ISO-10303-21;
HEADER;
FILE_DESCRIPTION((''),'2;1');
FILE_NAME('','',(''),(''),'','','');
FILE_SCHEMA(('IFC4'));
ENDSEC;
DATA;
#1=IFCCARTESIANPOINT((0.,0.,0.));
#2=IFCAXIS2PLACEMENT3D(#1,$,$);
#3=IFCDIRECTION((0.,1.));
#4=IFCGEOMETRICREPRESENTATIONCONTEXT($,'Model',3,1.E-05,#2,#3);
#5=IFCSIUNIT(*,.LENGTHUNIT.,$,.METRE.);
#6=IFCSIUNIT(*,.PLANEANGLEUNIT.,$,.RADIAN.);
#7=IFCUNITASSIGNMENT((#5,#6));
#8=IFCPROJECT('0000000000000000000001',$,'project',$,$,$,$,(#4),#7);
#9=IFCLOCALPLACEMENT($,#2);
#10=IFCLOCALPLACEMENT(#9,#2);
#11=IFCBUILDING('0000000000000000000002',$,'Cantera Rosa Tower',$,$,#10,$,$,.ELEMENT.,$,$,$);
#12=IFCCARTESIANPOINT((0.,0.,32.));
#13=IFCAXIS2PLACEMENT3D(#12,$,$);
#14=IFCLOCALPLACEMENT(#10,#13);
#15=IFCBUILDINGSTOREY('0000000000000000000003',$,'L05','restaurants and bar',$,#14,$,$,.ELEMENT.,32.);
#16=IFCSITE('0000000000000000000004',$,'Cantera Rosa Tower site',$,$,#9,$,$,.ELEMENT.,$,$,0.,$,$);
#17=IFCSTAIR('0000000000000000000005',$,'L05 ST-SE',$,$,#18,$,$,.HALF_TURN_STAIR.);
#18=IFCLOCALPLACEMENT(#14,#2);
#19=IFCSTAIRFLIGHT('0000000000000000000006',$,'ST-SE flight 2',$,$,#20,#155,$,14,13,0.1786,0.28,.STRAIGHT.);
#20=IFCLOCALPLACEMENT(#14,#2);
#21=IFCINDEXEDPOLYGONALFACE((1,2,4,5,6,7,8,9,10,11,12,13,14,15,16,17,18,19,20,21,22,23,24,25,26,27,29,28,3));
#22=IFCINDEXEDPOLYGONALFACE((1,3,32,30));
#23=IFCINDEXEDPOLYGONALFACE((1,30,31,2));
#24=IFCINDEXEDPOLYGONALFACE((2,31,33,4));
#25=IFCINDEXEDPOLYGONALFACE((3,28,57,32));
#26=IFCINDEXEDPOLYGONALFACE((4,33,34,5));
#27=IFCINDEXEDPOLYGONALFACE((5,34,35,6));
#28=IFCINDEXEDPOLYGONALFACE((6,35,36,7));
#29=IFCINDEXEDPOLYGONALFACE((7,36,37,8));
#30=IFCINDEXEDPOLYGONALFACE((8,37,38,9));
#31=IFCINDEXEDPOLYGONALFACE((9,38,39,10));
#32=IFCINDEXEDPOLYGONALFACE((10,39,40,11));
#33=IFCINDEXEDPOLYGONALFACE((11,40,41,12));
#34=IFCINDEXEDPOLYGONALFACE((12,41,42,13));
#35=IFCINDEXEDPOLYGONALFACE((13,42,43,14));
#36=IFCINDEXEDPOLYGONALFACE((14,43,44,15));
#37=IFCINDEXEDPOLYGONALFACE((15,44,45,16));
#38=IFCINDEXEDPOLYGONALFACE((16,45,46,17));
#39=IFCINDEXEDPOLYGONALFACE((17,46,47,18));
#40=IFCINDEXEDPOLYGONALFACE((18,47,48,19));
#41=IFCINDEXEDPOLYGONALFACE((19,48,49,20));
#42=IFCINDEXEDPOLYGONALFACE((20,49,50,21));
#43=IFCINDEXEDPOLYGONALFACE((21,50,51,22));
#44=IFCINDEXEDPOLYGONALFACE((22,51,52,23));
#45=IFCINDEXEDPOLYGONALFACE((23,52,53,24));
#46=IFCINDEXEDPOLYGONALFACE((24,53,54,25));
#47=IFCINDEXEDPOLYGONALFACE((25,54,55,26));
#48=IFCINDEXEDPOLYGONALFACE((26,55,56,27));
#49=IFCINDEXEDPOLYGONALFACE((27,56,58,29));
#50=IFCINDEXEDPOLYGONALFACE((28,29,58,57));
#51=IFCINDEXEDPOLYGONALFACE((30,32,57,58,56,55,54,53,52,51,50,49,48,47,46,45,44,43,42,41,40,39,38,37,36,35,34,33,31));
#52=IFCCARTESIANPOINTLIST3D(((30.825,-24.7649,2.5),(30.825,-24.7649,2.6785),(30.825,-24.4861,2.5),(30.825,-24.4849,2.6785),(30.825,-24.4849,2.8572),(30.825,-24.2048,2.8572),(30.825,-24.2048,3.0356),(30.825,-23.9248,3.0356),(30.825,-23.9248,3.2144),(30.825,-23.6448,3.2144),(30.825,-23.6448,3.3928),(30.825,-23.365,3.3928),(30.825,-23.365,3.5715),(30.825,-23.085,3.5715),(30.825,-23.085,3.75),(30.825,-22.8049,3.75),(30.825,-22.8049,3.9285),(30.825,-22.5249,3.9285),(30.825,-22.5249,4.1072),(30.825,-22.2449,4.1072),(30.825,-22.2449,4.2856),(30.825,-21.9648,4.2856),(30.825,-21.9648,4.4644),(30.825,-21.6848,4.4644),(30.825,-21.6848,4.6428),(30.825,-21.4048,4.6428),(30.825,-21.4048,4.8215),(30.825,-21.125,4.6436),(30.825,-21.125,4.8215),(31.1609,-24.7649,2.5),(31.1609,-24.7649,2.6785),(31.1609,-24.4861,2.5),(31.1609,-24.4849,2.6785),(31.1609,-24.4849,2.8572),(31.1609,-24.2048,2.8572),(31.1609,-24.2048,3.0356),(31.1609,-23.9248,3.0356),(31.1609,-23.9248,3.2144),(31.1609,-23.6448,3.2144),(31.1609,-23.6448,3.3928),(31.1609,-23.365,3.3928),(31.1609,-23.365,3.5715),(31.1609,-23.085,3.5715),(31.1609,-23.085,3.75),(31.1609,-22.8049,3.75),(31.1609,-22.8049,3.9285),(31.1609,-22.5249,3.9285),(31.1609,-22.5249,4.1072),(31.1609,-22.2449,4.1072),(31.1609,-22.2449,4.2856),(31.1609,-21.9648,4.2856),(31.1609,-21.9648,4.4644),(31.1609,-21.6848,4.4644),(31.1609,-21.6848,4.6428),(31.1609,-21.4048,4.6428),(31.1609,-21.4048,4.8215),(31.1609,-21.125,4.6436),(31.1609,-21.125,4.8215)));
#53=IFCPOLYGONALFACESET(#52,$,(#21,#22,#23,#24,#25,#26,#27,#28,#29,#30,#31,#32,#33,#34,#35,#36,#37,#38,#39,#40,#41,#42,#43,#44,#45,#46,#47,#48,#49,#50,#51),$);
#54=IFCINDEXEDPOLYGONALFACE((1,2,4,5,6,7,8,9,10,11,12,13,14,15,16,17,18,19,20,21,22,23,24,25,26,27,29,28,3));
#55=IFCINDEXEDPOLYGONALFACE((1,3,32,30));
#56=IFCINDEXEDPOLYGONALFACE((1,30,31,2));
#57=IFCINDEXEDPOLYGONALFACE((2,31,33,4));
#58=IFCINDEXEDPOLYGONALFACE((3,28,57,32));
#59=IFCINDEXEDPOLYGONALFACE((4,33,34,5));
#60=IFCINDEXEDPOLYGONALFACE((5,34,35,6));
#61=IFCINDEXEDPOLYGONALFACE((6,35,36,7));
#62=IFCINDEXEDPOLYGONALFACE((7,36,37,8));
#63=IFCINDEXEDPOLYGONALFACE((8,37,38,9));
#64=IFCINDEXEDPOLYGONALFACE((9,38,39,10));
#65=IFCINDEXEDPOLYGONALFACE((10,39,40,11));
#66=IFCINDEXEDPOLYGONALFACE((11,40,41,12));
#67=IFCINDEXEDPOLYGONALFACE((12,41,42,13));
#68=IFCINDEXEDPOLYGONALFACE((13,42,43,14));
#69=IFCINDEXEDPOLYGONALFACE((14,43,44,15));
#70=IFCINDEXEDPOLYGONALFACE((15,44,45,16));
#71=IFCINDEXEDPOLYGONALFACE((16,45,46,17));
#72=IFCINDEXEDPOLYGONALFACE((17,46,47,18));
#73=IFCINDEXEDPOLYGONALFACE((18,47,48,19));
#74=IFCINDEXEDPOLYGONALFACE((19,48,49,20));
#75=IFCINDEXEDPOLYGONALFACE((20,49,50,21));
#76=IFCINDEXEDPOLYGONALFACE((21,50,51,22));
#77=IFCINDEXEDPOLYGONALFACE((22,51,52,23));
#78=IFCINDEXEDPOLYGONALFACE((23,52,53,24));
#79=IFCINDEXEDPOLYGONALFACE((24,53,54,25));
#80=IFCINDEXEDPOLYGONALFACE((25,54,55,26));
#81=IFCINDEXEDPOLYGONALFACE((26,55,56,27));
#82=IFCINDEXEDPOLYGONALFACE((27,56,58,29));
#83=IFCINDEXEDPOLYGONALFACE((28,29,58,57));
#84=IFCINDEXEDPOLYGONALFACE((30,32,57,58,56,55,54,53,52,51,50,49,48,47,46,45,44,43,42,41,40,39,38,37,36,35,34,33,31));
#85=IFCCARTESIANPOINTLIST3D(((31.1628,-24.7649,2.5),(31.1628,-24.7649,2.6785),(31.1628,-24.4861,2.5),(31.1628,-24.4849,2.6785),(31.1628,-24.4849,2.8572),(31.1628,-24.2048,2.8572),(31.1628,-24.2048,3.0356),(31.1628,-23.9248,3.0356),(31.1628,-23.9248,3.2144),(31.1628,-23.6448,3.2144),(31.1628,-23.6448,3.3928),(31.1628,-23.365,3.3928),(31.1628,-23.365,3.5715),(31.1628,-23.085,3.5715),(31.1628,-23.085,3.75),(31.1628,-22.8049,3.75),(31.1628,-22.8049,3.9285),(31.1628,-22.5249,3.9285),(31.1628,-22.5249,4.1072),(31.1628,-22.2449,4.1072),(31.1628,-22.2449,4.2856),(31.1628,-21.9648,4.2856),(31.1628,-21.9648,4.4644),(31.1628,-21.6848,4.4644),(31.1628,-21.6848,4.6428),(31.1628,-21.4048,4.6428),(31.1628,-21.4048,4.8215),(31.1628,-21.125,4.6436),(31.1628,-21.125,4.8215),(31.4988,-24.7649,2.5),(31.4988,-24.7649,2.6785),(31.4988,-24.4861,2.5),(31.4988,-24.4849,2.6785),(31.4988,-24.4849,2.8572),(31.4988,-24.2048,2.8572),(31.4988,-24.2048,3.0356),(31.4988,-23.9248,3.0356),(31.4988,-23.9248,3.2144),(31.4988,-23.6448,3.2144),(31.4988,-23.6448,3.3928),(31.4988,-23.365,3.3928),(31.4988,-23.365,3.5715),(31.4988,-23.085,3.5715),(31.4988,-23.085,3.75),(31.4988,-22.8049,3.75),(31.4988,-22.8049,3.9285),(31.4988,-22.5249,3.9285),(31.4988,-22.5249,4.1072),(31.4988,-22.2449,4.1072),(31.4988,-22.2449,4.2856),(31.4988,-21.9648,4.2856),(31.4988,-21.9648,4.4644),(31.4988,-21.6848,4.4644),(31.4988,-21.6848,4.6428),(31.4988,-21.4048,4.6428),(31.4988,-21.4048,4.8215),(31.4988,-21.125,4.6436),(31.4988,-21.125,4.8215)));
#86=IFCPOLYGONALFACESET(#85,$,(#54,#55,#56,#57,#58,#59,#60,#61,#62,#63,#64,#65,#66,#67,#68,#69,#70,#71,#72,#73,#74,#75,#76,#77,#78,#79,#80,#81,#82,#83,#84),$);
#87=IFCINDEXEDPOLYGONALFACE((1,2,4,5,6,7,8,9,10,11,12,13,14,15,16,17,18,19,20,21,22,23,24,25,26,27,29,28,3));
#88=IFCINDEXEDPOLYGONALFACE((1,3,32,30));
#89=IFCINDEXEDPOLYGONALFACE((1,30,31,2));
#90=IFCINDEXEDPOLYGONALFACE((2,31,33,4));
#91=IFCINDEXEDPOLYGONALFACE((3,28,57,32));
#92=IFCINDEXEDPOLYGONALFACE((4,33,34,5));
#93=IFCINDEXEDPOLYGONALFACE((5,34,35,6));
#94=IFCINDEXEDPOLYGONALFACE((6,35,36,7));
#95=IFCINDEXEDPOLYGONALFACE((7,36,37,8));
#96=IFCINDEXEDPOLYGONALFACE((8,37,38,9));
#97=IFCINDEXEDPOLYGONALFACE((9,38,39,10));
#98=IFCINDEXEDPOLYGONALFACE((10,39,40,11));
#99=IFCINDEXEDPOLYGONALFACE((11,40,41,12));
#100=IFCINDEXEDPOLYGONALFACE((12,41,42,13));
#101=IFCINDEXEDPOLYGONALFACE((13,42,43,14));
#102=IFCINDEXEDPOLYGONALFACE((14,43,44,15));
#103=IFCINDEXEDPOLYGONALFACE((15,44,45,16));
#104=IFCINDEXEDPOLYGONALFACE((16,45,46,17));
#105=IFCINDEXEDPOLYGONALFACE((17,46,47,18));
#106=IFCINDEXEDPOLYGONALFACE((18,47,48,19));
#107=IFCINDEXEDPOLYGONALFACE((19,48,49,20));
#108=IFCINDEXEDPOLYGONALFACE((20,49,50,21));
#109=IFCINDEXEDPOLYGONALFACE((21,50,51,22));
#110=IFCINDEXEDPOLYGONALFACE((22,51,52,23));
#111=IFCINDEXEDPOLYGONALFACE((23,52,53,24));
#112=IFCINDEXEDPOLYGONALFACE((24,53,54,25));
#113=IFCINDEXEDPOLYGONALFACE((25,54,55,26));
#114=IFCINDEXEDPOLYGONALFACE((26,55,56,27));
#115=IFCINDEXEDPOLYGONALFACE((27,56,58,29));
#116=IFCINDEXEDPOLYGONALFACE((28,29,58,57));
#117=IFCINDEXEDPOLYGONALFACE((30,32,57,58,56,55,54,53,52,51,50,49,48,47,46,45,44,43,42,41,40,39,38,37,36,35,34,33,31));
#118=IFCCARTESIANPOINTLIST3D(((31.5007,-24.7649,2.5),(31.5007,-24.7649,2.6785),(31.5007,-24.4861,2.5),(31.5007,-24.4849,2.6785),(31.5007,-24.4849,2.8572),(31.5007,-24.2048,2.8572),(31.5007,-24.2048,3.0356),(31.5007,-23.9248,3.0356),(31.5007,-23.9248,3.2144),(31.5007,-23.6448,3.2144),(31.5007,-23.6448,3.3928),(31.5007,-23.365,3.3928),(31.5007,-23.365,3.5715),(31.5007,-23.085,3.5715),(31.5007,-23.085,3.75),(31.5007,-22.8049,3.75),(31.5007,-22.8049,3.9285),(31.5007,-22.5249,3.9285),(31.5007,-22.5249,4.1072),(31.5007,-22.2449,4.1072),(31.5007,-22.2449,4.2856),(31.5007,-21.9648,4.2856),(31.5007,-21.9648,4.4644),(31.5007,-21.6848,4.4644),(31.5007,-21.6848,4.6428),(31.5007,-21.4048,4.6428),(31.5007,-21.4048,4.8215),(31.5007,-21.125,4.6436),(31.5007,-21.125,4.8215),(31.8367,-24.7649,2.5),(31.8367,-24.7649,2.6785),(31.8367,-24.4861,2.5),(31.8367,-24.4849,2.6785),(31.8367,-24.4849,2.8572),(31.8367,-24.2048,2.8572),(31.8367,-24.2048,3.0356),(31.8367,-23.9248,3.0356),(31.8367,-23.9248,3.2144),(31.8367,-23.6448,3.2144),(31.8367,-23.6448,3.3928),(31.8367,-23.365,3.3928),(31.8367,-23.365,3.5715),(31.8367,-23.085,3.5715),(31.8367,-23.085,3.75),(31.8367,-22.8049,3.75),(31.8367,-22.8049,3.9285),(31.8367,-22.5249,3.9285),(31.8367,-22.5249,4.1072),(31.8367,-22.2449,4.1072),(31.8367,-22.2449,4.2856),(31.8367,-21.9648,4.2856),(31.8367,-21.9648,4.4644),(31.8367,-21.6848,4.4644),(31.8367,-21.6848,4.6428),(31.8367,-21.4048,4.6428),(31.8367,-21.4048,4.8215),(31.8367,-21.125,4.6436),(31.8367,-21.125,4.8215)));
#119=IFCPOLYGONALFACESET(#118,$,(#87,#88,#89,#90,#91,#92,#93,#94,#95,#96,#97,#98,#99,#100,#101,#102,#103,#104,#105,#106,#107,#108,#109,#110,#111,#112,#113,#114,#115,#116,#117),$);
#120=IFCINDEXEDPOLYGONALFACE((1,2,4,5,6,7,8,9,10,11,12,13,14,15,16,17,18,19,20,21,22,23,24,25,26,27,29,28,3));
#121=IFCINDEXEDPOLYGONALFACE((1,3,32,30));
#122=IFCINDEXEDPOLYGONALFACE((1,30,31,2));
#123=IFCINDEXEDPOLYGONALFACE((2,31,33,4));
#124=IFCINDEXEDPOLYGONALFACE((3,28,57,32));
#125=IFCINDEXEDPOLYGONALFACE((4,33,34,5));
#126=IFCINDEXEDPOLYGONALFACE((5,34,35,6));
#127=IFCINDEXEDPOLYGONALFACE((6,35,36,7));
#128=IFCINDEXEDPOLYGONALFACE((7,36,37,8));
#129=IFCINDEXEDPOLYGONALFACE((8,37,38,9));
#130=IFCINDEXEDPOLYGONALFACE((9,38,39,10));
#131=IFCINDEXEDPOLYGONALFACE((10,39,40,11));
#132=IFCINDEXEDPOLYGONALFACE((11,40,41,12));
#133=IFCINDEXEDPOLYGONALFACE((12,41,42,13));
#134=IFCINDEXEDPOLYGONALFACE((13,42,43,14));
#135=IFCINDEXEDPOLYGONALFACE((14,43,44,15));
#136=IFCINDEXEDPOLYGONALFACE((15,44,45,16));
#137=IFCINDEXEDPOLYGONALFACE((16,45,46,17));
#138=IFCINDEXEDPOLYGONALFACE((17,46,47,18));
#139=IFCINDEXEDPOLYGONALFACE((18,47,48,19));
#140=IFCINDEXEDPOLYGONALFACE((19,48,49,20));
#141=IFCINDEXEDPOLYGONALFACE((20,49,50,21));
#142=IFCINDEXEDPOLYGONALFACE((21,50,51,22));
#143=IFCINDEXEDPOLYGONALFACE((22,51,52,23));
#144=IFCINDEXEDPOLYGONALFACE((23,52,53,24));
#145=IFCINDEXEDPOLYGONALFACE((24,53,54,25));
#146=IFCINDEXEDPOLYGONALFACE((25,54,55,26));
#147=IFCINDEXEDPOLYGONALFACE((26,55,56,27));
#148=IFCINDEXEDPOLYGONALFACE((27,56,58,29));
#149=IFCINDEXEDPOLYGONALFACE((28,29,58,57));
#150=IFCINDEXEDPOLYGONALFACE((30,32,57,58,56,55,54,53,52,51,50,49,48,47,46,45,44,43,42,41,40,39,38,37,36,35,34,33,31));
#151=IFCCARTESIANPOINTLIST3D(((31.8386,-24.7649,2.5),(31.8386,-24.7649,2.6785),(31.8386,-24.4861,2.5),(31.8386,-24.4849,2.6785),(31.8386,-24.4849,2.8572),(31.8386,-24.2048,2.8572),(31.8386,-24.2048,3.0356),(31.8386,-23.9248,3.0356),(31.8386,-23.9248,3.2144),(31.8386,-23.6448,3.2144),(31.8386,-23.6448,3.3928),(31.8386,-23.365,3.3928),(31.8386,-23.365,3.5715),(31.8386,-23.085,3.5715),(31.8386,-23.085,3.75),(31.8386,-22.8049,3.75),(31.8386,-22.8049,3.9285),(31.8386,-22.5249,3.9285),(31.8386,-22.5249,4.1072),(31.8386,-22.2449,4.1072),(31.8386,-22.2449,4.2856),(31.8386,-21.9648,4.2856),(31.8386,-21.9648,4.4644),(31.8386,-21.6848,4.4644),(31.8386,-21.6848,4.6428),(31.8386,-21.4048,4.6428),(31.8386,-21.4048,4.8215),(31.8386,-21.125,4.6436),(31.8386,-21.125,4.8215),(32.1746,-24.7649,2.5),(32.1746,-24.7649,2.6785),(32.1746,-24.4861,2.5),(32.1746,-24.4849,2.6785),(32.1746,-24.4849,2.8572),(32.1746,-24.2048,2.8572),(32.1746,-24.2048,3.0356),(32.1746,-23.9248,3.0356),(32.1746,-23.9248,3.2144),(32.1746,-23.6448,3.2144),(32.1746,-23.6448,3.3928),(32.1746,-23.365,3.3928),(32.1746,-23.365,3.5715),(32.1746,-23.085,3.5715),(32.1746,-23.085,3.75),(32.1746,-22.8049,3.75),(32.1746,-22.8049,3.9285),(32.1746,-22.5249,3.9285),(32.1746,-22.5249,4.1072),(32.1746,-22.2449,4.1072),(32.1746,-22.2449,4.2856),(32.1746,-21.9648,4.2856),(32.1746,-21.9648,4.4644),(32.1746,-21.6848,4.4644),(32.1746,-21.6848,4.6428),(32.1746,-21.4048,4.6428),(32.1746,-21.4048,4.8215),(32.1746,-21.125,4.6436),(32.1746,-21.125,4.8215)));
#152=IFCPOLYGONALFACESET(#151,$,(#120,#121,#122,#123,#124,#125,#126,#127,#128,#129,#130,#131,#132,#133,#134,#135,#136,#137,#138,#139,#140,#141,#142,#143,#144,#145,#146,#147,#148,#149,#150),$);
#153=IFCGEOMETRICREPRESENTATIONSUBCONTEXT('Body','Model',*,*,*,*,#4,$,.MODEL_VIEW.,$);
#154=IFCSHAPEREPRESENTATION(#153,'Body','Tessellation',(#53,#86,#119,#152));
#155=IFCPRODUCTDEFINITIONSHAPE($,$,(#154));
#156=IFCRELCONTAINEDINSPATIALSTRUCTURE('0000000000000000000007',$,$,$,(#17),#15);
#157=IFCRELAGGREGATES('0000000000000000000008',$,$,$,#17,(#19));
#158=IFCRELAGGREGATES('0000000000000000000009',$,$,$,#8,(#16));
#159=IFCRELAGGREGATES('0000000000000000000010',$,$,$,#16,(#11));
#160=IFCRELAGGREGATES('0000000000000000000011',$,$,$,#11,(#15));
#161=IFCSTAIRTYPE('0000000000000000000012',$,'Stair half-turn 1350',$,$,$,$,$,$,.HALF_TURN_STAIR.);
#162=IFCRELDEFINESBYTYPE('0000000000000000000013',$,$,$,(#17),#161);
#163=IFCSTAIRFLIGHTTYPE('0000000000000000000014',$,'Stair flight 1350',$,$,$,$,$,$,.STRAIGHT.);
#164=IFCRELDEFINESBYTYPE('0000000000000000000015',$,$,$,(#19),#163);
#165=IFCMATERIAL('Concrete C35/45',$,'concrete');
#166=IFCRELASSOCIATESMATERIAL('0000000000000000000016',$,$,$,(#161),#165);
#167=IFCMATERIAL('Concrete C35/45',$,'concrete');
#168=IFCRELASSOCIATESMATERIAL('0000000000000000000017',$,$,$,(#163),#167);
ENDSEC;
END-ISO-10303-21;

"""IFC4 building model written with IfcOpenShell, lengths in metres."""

from ifc_helpers import new_model, si_unit, direction, frame, origin, place, context, subcontext, project, spatial, polyline, outline, extrude, material, type_object, element, aggregate, save


model = new_model("IFC4")

# Units and contexts
model_context = context("Model", 3, precision=1e-05, world=origin(), true_north=direction((0.0, 1.0)))
body_context = subcontext(model_context, "Body", "Model", "MODEL_VIEW")
ifc_project = project(units=[si_unit("LENGTHUNIT", "METRE"), si_unit("PLANEANGLEUNIT", "RADIAN")], contexts=[model_context])

# Site, building, storey
site_placement = place(None, origin())
site = spatial("IfcSite", under=ifc_project, at=site_placement, Name="Cantera Rosa Tower site", CompositionType="ELEMENT", RefElevation=0.0)
building_placement = place(site_placement, origin())
building = spatial("IfcBuilding", under=site, at=building_placement, Name="Cantera Rosa Tower", CompositionType="ELEMENT")
storey_placement = place(building_placement, frame((0.0, 0.0, 32.0)))
storey = spatial("IfcBuildingStorey", under=building, at=storey_placement, Name="L05", Description="restaurants and bar", CompositionType="ELEMENT", Elevation=32.0)

# Stair, stair flight
ifc_material_1 = material(Name="Concrete C35/45", Category="concrete")
stair_type = type_object("IfcStairType", Name="Stair half-turn 1350", PredefinedType="HALF_TURN_STAIR", material=ifc_material_1)
stair_placement = place(storey_placement, origin())
stair = element("IfcStair", 1, at=stair_placement, inside=storey, type_object=stair_type, Name="L05 ST-SE", PredefinedType="HALF_TURN_STAIR")
ifc_material_2 = material(Name="Concrete C35/45", Category="concrete")
stair_flight_type = type_object("IfcStairFlightType", Name="Stair flight 1350", PredefinedType="STRAIGHT", material=ifc_material_2)
stair_flight_1_placement = place(storey_placement, frame((31.5, -24.7649, 2.5), z_axis=(0.0, 0.0, 1.0), x_axis=(0.0, 1.0, 0.0)))
stair_flight_1 = element("IfcStairFlight", 2, at=stair_flight_1_placement, type_object=stair_flight_type, Name="ST-SE flight 2", NumberOfRisers=14, NumberOfTreads=13, PredefinedType="STRAIGHT", RiserHeight=0.1786, TreadLength=0.28, context=body_context, shape_type="SweptSolid", body=[
    extrude(outline(polyline([(0.0, 0.0), (0.0, 0.1785), (0.28, 0.1785), (0.28, 0.3572), (0.5601, 0.3572), (0.5601, 0.5356), (0.8401, 0.5356), (0.8401, 0.7144), (1.1201, 0.7144), (1.1201, 0.8928), (1.3999, 0.8928), (1.3999, 1.0715), (1.6799, 1.0715), (1.6799, 1.25), (1.96, 1.25), (1.96, 1.4285), (2.24, 1.4285), (2.24, 1.6072), (2.52, 1.6072), (2.52, 1.7856), (2.8, 1.7856), (2.8, 1.9644), (3.0801, 1.9644), (3.0801, 2.1428), (3.3601, 2.1428), (3.3601, 2.3215), (3.6399, 2.3215), (3.6399, 2.5), (3.6399, 2.1436), (0.2788, 0.0), (0.0, 0.0)])), frame((0.0, 0.675, 0.0), z_axis=(0.0, -1.0, 0.0), x_axis=(1.0, 0.0, 0.0)), (0.0, 0.0, 1.0), 0.3359),
    extrude(outline(polyline([(0.0, 0.0), (0.0, 0.1785), (0.28, 0.1785), (0.28, 0.3572), (0.5601, 0.3572), (0.5601, 0.5356), (0.8401, 0.5356), (0.8401, 0.7144), (1.1201, 0.7144), (1.1201, 0.8928), (1.3999, 0.8928), (1.3999, 1.0715), (1.6799, 1.0715), (1.6799, 1.25), (1.96, 1.25), (1.96, 1.4285), (2.24, 1.4285), (2.24, 1.6072), (2.52, 1.6072), (2.52, 1.7856), (2.8, 1.7856), (2.8, 1.9644), (3.0801, 1.9644), (3.0801, 2.1428), (3.3601, 2.1428), (3.3601, 2.3215), (3.6399, 2.3215), (3.6399, 2.5), (3.6399, 2.1436), (0.2788, 0.0), (0.0, 0.0)])), frame((0.0, 0.3372, 0.0), z_axis=(0.0, -1.0, 0.0), x_axis=(1.0, 0.0, 0.0)), (0.0, 0.0, 1.0), 0.3359),
    extrude(outline(polyline([(0.0, 0.0), (0.0, 0.1785), (0.28, 0.1785), (0.28, 0.3572), (0.5601, 0.3572), (0.5601, 0.5356), (0.8401, 0.5356), (0.8401, 0.7144), (1.1201, 0.7144), (1.1201, 0.8928), (1.3999, 0.8928), (1.3999, 1.0715), (1.6799, 1.0715), (1.6799, 1.25), (1.96, 1.25), (1.96, 1.4285), (2.24, 1.4285), (2.24, 1.6072), (2.52, 1.6072), (2.52, 1.7856), (2.8, 1.7856), (2.8, 1.9644), (3.0801, 1.9644), (3.0801, 2.1428), (3.3601, 2.1428), (3.3601, 2.3215), (3.6399, 2.3215), (3.6399, 2.5), (3.6399, 2.1436), (0.2788, 0.0), (0.0, 0.0)])), frame((0.0, -0.0007, 0.0), z_axis=(0.0, -1.0, 0.0), x_axis=(1.0, 0.0, 0.0)), (0.0, 0.0, 1.0), 0.3359),
    extrude(outline(polyline([(0.0, 0.0), (0.0, 0.1785), (0.28, 0.1785), (0.28, 0.3572), (0.5601, 0.3572), (0.5601, 0.5356), (0.8401, 0.5356), (0.8401, 0.7144), (1.1201, 0.7144), (1.1201, 0.8928), (1.3999, 0.8928), (1.3999, 1.0715), (1.6799, 1.0715), (1.6799, 1.25), (1.96, 1.25), (1.96, 1.4285), (2.24, 1.4285), (2.24, 1.6072), (2.52, 1.6072), (2.52, 1.7856), (2.8, 1.7856), (2.8, 1.9644), (3.0801, 1.9644), (3.0801, 2.1428), (3.3601, 2.1428), (3.3601, 2.3215), (3.6399, 2.3215), (3.6399, 2.5), (3.6399, 2.1436), (0.2788, 0.0), (0.0, 0.0)])), frame((0.0, -0.3386, 0.0), z_axis=(0.0, -1.0, 0.0), x_axis=(1.0, 0.0, 0.0)), (0.0, 0.0, 1.0), 0.3359),
])
aggregate(stair, [stair_flight_1])

save(model, "model.ifc")
